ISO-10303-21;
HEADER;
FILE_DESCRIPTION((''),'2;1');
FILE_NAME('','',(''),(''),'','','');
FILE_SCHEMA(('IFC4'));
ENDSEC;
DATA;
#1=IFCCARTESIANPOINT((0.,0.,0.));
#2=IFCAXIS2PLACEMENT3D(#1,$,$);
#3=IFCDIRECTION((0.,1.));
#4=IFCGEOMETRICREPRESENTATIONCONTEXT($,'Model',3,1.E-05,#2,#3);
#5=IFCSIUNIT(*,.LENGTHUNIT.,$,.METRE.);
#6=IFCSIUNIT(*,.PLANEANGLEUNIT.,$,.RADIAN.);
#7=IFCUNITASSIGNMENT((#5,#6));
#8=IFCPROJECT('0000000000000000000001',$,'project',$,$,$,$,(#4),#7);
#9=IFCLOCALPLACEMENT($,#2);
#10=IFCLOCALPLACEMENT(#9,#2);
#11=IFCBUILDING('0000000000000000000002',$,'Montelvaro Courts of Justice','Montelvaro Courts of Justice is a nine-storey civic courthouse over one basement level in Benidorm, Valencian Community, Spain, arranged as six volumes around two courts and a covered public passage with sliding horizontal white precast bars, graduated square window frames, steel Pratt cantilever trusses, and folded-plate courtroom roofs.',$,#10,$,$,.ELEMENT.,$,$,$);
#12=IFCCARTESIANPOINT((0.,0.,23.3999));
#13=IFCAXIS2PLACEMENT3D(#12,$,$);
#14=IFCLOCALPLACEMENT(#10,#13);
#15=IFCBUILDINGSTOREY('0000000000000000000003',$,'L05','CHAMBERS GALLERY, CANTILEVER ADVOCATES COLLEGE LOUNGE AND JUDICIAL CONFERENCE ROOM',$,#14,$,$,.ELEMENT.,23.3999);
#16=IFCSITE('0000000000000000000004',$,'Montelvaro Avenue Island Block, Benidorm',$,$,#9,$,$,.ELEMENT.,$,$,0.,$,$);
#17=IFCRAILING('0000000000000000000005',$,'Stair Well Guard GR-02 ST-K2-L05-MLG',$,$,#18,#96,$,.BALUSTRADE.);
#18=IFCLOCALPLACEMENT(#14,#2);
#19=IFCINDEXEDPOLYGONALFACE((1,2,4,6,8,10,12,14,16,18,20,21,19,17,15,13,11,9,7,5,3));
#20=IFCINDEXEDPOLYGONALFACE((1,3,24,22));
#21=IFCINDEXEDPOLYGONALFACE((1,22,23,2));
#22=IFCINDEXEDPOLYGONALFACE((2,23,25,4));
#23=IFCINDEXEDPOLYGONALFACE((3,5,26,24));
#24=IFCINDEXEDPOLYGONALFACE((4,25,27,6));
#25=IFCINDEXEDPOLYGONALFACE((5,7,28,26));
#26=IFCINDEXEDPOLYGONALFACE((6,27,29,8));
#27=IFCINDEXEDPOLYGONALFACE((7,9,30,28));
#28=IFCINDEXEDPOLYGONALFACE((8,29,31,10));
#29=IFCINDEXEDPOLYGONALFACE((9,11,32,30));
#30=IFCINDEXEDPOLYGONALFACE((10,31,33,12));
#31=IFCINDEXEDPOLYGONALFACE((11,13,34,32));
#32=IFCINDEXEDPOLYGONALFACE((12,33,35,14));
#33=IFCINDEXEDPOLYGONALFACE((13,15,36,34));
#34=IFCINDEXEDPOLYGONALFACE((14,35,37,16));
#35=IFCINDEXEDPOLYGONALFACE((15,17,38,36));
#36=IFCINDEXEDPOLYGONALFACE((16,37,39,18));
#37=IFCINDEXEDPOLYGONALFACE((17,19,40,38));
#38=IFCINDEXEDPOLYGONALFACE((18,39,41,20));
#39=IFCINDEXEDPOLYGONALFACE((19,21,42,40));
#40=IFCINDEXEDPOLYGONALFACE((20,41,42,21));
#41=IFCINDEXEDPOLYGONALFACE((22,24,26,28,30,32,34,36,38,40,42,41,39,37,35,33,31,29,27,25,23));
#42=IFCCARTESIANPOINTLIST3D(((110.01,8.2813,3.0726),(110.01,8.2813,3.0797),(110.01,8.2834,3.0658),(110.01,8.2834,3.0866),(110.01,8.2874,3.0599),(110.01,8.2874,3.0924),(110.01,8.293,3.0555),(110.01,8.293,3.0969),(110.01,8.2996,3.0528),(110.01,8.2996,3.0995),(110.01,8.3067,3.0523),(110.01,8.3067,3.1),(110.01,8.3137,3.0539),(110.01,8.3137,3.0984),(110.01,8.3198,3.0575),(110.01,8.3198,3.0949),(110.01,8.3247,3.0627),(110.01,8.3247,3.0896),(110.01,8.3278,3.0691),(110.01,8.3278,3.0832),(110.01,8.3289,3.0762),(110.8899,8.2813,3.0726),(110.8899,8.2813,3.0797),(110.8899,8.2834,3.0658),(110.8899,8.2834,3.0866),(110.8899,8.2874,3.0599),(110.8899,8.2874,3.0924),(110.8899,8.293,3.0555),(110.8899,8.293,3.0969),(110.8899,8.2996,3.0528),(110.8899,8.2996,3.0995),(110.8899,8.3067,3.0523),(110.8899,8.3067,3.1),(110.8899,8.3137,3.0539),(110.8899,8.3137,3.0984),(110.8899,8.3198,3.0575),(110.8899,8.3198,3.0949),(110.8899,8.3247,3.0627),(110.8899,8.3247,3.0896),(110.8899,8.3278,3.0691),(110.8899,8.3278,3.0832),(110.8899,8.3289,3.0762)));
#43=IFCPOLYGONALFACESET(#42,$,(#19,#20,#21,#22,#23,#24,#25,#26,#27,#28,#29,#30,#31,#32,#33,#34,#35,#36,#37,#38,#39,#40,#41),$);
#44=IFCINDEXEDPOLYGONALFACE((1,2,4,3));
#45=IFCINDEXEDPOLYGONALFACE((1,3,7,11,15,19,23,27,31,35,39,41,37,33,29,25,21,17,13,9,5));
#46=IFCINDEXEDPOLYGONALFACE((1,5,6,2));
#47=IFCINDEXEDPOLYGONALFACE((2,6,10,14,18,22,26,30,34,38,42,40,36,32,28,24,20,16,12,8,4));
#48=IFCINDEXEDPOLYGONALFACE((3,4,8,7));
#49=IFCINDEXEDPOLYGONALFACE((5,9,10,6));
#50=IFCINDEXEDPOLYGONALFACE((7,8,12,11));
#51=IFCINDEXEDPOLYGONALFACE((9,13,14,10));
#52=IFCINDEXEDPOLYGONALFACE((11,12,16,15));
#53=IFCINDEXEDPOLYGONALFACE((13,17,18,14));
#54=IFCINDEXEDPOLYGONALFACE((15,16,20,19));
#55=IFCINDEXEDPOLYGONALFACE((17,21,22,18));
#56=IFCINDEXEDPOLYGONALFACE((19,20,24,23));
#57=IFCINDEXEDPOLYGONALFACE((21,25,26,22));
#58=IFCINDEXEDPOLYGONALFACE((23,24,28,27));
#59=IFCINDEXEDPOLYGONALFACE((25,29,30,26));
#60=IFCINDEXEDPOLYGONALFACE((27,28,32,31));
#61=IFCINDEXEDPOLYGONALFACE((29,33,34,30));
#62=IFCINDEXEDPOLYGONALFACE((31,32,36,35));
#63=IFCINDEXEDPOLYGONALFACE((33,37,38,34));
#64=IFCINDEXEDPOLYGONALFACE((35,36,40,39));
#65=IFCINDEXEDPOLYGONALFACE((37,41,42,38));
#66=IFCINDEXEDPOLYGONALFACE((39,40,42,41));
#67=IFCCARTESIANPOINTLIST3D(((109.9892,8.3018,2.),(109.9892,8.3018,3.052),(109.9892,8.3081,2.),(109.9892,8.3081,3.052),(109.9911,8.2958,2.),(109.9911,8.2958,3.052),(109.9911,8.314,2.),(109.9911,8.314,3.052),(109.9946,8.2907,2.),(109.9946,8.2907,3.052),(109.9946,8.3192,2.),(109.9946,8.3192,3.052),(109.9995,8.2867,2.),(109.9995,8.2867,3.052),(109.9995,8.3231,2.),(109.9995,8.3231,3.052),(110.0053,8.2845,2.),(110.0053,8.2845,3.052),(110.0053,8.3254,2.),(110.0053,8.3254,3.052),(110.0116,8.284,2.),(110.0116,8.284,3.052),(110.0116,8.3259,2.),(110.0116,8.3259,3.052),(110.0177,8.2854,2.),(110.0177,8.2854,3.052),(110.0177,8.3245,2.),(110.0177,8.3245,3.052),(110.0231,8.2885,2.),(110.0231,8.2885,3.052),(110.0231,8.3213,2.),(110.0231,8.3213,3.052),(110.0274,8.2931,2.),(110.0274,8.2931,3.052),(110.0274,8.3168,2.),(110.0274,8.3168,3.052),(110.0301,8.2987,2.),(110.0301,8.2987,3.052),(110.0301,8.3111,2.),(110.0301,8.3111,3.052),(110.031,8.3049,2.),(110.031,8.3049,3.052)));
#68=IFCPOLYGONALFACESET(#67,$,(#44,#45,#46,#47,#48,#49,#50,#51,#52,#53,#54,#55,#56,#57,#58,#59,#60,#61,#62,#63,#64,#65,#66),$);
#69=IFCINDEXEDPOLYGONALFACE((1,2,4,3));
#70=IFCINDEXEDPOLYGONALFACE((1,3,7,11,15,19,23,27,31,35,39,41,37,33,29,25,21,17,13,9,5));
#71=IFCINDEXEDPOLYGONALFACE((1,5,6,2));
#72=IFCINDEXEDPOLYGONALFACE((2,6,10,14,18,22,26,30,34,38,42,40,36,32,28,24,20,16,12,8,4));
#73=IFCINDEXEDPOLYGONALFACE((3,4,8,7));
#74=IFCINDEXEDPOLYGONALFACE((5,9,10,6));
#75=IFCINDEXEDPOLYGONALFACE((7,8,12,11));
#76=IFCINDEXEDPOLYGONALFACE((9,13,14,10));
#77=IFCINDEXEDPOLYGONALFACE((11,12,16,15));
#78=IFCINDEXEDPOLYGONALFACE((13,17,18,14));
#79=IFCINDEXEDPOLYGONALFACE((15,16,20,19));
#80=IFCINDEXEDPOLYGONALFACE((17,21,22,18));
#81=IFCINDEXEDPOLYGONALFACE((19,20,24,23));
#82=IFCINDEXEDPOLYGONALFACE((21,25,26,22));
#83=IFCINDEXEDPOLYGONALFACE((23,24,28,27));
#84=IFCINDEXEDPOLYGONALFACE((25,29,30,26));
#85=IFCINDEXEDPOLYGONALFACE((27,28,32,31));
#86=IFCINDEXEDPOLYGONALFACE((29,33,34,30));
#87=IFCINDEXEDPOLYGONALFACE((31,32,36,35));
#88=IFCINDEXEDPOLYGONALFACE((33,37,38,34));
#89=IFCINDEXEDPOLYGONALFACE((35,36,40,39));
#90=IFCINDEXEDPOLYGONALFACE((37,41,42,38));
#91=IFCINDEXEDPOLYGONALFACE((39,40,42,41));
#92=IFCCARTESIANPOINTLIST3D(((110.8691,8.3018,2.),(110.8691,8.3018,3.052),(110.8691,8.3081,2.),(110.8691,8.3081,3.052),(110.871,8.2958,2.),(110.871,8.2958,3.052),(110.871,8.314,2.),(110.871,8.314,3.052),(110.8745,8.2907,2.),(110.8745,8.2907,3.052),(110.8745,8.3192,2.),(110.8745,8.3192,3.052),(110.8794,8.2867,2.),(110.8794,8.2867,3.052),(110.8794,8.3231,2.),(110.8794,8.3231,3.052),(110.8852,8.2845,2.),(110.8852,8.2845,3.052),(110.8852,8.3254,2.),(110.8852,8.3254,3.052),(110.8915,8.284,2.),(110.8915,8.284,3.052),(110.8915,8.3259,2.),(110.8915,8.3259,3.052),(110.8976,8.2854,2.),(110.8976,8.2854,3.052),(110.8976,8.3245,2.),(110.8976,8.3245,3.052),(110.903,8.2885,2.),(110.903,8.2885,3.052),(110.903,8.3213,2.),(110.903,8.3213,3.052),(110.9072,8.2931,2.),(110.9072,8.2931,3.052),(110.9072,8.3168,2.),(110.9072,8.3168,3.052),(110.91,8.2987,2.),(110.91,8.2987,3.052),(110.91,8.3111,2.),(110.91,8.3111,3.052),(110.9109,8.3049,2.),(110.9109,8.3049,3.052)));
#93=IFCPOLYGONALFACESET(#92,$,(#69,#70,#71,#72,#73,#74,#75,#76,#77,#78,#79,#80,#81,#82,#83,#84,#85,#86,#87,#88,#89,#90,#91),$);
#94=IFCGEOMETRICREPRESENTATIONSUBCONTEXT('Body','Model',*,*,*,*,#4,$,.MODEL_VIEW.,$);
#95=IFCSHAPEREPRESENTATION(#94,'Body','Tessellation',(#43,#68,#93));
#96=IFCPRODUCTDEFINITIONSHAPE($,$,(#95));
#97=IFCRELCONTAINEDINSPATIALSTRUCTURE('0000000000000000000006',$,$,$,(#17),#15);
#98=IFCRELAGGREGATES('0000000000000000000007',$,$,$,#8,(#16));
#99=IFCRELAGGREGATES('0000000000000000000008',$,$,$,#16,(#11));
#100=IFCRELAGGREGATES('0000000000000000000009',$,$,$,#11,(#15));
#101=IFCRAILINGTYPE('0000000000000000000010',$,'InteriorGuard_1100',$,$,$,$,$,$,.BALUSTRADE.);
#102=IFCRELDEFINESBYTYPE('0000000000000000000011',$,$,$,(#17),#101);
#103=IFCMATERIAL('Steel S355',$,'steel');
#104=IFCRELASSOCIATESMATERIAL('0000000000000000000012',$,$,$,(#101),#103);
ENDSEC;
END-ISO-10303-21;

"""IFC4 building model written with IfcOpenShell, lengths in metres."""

from ifc_helpers import new_model, si_unit, direction, frame, origin, origin_2d, place, context, subcontext, project, spatial, circle, extrude, material, type_object, element, save


model = new_model("IFC4")

# Units and contexts
model_context = context("Model", 3, precision=1e-05, world=origin(), true_north=direction((0.0, 1.0)))
body_context = subcontext(model_context, "Body", "Model", "MODEL_VIEW")
ifc_project = project(units=[si_unit("LENGTHUNIT", "METRE"), si_unit("PLANEANGLEUNIT", "RADIAN")], contexts=[model_context])

# Site, building, storey
site_placement = place(None, origin())
site = spatial("IfcSite", under=ifc_project, at=site_placement, Name="Montelvaro Avenue Island Block, Benidorm", CompositionType="ELEMENT", RefElevation=0.0)
building_placement = place(site_placement, origin())
building = spatial("IfcBuilding", under=site, at=building_placement, Name="Montelvaro Courts of Justice", Description="Montelvaro Courts of Justice is a nine-storey civic courthouse over one basement level in Benidorm, Valencian Community, Spain, arranged as six volumes around two courts and a covered public passage with sliding horizontal white precast bars, graduated square window frames, steel Pratt cantilever trusses, and folded-plate courtroom roofs.", CompositionType="ELEMENT")
storey_placement = place(building_placement, frame((0.0, 0.0, 23.3999)))
storey = spatial("IfcBuildingStorey", under=building, at=storey_placement, Name="L05", Description="CHAMBERS GALLERY, CANTILEVER ADVOCATES COLLEGE LOUNGE AND JUDICIAL CONFERENCE ROOM", CompositionType="ELEMENT", Elevation=23.3999)

# Railing
ifc_material_1 = material(Name="Steel S355", Category="steel")
railing_type_1 = type_object("IfcRailingType", Name="InteriorGuard_1100", PredefinedType="BALUSTRADE", material=ifc_material_1)
railing_1_placement = place(storey_placement, frame((110.01, 8.3049, 2.0)))
element("IfcRailing", 1, at=railing_1_placement, inside=storey, type_object=railing_type_1, Name="Stair Well Guard GR-02 ST-K2-L05-MLG", PredefinedType="BALUSTRADE", context=body_context, shape_type="SweptSolid", body=[
    extrude(circle(Radius=0.0239, at=origin_2d()), frame((0.0, 0.0, 1.0762), z_axis=(1.0, 0.0, 0.0), x_axis=(0.0, 1.0, 0.0)), (0.0, 0.0, 1.0), 0.8799),
    extrude(circle(Radius=0.021, at=origin_2d()), origin(), (0.0, 0.0, 1.0), 1.052),
    extrude(circle(Radius=0.021, at=origin_2d()), frame((0.8799, 0.0, 0.0)), (0.0, 0.0, 1.0), 1.052),
])

save(model, "model.ifc")
